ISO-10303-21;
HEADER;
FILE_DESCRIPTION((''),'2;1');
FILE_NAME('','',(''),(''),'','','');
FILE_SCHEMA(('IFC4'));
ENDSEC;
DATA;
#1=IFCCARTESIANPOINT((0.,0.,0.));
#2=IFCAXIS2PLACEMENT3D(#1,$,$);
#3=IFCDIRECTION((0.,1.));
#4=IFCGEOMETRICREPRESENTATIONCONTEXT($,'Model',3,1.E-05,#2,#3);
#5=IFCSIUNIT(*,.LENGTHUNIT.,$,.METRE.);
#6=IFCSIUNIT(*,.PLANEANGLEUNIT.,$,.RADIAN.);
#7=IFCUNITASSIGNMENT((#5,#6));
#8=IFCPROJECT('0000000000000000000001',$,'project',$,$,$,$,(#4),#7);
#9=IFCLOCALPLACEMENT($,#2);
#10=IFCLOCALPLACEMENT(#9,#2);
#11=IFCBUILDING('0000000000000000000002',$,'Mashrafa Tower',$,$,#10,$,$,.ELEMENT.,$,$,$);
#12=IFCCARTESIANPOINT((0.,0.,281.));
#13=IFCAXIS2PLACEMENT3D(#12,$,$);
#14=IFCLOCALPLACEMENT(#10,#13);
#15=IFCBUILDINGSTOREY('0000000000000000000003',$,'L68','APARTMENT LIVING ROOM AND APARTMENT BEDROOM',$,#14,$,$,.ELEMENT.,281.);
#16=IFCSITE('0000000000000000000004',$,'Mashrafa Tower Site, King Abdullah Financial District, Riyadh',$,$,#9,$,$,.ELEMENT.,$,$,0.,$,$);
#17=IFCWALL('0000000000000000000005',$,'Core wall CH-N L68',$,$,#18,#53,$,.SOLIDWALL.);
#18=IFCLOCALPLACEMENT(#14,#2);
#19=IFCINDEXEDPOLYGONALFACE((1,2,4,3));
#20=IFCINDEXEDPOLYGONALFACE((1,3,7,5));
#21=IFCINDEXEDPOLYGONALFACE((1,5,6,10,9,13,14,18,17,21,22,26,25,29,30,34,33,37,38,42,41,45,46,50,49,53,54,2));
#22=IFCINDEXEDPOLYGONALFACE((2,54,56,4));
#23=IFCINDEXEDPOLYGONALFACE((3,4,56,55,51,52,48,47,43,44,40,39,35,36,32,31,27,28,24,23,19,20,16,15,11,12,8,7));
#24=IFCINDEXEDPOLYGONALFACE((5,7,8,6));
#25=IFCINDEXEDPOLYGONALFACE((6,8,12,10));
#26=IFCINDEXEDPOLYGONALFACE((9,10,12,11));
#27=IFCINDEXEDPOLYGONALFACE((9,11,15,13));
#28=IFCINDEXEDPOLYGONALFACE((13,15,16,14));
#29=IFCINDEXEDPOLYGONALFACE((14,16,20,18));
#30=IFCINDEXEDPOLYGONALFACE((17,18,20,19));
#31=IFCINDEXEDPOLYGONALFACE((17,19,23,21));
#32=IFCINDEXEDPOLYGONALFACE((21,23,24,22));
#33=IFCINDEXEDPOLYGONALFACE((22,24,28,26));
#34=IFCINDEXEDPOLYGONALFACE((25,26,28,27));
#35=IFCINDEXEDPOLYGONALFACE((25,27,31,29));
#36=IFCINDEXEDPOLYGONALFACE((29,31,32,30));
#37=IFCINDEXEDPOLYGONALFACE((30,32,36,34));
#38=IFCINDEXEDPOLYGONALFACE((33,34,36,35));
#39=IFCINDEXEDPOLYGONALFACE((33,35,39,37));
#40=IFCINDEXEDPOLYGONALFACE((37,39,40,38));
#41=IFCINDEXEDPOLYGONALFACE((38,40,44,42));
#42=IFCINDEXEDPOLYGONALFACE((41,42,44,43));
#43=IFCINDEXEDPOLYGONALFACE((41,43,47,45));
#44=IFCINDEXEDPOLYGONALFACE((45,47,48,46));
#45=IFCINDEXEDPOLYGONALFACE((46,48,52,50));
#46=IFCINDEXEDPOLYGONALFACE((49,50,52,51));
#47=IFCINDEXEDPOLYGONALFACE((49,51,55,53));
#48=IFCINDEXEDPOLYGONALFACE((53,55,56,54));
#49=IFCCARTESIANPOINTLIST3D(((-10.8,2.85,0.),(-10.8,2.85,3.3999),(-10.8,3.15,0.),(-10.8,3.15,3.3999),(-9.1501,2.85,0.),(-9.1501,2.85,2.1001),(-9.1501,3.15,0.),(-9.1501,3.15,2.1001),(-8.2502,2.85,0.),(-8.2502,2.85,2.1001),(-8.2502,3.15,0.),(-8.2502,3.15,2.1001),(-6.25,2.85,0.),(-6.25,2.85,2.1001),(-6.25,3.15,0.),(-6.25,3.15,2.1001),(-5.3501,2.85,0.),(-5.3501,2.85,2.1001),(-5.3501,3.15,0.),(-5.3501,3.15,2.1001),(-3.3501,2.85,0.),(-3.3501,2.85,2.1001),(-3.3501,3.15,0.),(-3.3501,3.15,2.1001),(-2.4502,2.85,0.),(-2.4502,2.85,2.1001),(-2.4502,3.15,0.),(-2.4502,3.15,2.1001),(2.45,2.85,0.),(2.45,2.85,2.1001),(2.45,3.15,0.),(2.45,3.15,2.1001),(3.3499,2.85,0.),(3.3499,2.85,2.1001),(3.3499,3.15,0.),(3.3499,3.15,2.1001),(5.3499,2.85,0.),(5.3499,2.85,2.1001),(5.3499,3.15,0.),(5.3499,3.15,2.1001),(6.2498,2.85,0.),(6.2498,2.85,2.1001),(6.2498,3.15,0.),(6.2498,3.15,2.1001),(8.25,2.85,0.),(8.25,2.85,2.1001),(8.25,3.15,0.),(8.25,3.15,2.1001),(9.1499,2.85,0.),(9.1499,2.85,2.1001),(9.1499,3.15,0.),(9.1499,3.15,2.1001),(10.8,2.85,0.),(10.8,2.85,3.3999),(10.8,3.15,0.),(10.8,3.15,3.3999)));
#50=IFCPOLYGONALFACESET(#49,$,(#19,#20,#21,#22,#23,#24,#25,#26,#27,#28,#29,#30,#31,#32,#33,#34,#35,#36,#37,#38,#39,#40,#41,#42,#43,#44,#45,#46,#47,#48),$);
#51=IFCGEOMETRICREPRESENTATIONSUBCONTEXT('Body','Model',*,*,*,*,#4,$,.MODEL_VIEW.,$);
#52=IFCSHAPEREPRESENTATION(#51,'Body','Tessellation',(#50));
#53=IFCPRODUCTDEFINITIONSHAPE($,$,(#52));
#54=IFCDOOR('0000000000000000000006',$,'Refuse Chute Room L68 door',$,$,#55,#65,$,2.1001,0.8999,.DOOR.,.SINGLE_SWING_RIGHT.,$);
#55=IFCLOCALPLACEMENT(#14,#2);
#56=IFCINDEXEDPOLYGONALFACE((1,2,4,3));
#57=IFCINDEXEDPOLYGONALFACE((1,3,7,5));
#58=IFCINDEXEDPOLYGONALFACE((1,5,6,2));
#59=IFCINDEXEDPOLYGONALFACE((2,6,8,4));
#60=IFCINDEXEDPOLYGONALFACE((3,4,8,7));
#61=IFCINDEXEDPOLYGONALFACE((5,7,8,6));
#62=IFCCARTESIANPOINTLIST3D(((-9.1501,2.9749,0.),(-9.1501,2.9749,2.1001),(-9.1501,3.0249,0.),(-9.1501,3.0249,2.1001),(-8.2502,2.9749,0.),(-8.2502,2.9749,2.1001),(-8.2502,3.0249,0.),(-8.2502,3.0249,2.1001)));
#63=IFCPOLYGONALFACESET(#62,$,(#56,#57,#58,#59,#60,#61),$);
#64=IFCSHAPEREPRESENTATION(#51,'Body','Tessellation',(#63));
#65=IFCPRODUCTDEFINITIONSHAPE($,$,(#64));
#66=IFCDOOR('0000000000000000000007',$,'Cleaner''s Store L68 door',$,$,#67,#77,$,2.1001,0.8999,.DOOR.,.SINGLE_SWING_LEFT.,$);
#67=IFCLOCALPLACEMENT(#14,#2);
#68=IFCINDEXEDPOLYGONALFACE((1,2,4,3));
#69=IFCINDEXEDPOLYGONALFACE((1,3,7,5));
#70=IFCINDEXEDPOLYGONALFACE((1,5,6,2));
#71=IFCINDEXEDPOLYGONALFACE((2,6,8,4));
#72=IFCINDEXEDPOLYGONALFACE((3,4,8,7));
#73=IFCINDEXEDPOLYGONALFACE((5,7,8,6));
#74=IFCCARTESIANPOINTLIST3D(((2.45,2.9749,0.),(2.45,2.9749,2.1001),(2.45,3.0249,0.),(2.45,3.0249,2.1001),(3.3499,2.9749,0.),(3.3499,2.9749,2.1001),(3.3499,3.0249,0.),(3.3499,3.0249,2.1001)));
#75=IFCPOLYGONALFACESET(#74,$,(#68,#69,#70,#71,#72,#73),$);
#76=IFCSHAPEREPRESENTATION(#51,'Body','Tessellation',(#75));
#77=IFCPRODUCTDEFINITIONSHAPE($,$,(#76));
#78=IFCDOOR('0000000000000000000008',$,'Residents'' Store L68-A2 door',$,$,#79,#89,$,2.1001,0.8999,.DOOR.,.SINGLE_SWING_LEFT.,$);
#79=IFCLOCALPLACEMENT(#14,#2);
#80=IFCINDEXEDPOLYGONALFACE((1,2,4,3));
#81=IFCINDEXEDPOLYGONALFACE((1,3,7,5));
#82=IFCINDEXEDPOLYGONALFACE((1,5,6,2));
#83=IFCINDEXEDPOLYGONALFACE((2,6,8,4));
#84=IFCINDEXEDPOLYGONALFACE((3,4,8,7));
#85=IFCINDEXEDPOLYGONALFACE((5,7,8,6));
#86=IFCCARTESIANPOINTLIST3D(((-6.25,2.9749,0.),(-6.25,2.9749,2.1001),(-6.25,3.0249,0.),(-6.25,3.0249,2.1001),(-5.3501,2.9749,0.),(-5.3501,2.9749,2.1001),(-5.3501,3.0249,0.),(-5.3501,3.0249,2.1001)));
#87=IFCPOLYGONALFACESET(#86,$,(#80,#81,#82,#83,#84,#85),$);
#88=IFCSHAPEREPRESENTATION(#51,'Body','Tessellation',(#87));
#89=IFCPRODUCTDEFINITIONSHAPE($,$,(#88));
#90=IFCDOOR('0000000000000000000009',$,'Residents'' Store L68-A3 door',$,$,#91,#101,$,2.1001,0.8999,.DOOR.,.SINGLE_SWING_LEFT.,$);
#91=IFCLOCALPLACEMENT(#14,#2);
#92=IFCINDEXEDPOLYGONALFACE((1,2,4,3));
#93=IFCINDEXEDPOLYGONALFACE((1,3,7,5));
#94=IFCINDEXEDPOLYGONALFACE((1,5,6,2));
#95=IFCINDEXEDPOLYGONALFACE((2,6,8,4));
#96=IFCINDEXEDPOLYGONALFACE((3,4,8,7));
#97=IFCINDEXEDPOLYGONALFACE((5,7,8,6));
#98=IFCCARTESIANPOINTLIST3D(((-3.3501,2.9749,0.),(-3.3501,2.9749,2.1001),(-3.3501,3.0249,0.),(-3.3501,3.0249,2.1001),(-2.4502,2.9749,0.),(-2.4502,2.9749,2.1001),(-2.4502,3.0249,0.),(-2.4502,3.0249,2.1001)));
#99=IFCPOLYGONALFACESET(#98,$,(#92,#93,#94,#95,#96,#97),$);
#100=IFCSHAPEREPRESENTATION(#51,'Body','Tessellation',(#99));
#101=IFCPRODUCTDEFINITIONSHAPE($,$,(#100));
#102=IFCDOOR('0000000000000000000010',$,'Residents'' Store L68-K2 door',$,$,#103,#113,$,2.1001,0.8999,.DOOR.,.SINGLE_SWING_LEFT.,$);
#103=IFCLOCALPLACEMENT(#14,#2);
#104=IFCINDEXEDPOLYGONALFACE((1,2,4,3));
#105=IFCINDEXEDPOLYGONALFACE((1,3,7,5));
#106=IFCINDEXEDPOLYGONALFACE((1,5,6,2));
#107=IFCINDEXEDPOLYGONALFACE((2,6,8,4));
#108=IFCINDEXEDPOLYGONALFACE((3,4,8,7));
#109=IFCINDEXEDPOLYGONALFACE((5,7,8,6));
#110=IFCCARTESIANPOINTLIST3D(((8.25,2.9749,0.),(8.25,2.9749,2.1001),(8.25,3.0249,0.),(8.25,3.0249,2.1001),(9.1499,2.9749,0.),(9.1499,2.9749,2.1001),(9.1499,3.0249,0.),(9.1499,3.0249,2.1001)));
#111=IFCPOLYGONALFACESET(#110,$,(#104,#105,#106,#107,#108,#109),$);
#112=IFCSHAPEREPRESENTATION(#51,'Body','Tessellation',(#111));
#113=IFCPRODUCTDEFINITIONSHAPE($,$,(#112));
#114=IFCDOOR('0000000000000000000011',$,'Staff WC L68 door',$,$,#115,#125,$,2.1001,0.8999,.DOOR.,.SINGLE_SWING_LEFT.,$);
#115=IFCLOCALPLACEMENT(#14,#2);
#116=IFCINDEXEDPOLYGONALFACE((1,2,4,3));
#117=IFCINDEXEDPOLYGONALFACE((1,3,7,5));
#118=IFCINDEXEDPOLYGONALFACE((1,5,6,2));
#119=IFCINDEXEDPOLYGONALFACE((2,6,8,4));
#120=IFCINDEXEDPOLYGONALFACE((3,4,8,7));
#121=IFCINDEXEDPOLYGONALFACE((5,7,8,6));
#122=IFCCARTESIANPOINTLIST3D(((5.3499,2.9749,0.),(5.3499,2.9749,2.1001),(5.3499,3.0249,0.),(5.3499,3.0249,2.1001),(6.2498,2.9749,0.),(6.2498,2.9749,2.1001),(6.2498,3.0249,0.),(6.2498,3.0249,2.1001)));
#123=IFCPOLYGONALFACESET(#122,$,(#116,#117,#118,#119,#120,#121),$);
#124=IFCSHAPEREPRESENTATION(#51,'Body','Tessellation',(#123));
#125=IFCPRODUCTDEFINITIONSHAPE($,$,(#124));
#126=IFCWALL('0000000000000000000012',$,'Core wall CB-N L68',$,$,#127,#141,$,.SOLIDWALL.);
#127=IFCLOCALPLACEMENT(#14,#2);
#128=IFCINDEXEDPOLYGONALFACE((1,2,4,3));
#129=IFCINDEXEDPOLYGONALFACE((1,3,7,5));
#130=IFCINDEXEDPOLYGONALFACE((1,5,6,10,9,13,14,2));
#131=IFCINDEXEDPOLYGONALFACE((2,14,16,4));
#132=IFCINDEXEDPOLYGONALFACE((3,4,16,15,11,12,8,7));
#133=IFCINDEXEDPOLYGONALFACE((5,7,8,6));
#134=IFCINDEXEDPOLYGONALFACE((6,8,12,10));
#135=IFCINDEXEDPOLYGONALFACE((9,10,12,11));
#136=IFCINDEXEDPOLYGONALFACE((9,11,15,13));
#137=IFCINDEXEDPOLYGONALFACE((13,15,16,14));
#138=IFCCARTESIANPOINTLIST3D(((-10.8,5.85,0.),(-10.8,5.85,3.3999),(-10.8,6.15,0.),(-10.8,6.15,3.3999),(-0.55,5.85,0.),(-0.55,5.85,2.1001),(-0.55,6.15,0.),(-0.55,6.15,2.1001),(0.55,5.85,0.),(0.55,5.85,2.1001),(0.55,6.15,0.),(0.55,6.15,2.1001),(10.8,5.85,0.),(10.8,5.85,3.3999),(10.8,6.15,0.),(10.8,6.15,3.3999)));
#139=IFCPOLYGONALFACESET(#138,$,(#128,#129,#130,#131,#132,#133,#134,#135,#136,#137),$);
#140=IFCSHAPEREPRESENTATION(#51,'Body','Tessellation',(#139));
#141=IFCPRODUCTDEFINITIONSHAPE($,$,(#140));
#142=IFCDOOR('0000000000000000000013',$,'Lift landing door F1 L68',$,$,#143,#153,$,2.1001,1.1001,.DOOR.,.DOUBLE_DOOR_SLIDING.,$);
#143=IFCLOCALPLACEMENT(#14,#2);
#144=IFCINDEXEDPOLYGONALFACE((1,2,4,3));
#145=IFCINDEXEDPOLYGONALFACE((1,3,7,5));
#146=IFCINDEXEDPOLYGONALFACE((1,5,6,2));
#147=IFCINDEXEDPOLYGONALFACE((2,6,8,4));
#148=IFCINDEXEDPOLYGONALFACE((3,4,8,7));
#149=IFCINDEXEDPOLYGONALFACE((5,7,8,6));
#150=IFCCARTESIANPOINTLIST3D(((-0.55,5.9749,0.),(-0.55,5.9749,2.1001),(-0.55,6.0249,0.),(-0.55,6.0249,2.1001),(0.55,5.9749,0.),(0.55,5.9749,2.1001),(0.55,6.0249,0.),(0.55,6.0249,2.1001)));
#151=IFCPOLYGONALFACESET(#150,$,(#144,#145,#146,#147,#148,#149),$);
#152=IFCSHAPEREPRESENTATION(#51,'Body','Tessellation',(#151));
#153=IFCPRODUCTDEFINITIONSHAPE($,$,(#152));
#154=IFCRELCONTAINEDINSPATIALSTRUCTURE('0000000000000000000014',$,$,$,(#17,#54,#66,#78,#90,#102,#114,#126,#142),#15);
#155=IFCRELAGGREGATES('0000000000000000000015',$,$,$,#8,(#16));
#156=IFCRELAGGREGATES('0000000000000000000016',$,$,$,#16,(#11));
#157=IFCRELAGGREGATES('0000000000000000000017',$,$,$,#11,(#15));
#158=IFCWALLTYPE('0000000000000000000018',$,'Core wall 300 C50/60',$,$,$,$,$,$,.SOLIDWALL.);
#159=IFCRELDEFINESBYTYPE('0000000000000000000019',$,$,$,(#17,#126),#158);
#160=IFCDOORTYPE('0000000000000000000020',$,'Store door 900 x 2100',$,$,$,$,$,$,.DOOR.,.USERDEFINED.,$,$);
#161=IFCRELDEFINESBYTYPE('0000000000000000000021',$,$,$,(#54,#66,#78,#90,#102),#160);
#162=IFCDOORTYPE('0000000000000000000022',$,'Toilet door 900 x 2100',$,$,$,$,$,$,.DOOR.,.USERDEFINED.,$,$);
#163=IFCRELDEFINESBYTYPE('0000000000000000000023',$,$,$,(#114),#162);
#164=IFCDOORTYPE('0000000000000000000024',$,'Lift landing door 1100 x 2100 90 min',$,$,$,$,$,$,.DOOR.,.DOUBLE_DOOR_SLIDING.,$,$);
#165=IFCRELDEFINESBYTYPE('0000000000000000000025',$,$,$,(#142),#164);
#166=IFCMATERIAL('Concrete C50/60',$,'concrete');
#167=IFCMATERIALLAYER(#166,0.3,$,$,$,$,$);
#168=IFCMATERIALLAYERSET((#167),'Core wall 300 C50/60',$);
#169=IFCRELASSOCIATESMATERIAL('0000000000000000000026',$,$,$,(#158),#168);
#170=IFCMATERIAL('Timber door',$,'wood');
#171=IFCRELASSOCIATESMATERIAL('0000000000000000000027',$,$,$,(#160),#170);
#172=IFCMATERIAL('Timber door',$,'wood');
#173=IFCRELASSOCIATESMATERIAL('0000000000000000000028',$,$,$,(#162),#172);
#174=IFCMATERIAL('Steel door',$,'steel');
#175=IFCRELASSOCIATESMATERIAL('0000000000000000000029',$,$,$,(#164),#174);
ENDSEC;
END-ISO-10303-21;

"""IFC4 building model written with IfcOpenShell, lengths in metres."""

from ifc_helpers import new_model, si_unit, direction, frame, frame_2d, origin, place, context, subcontext, project, spatial, rectangle, extrude, material, layer, layer_set, type_object, element, fill, save


model = new_model("IFC4")

# Units and contexts
model_context = context("Model", 3, precision=1e-05, world=origin(), true_north=direction((0.0, 1.0)))
body_context = subcontext(model_context, "Body", "Model", "MODEL_VIEW")
ifc_project = project(units=[si_unit("LENGTHUNIT", "METRE"), si_unit("PLANEANGLEUNIT", "RADIAN")], contexts=[model_context])

# Site, building, storey
site_placement = place(None, origin())
site = spatial("IfcSite", under=ifc_project, at=site_placement, Name="Mashrafa Tower Site, King Abdullah Financial District, Riyadh", CompositionType="ELEMENT", RefElevation=0.0)
building_placement = place(site_placement, origin())
building = spatial("IfcBuilding", under=site, at=building_placement, Name="Mashrafa Tower", CompositionType="ELEMENT")
storey_placement = place(building_placement, frame((0.0, 0.0, 281.0)))
storey = spatial("IfcBuildingStorey", under=building, at=storey_placement, Name="L68", Description="APARTMENT LIVING ROOM AND APARTMENT BEDROOM", CompositionType="ELEMENT", Elevation=281.0)

# Wall, openings, doors
ifc_material_1 = material(Name="Concrete C50/60", Category="concrete")
ifc_layer_1 = layer(ifc_material_1, 0.3)
ifc_layer_set_1 = layer_set([ifc_layer_1], Name="Core wall 300 C50/60")
wall_type_1 = type_object("IfcWallType", Name="Core wall 300 C50/60", PredefinedType="SOLIDWALL", material=ifc_layer_set_1)
wall_1_placement = place(storey_placement, frame((-10.8, 3.0, 0.0), z_axis=(0.0, 0.0, 1.0), x_axis=(1.0, 0.0, 0.0)))
wall_1 = element("IfcWall", 1, at=wall_1_placement, inside=storey, type_object=wall_type_1, Name="Core wall CH-N L68", PredefinedType="SOLIDWALL", context=body_context, shape_type="SweptSolid", body=[
    extrude(rectangle(XDim=21.6001, YDim=0.3, at=frame_2d((10.8, 0.0))), origin(), (0.0, 0.0, 1.0), 3.3999),
])
opening_1_placement = place(wall_1_placement, frame((1.6499, 0.0, 0.0)))
opening_1 = element("IfcOpeningElement", 2, at=opening_1_placement, cuts=wall_1, PredefinedType="OPENING", context=body_context, shape_type="SweptSolid", body=[
    extrude(rectangle(XDim=0.8999, YDim=2.1001, at=frame_2d((0.45, 1.05))), frame((0.0, 0.1599, 0.0), z_axis=(0.0, -1.0, 0.0), x_axis=(1.0, 0.0, 0.0)), (0.0, 0.0, 1.0), 0.3201),
])
opening_2_placement = place(wall_1_placement, frame((13.25, 0.0, 0.0)))
opening_2 = element("IfcOpeningElement", 3, at=opening_2_placement, cuts=wall_1, PredefinedType="OPENING", context=body_context, shape_type="SweptSolid", body=[
    extrude(rectangle(XDim=0.8999, YDim=2.1001, at=frame_2d((0.45, 1.05))), frame((0.0, 0.1599, 0.0), z_axis=(0.0, -1.0, 0.0), x_axis=(1.0, 0.0, 0.0)), (0.0, 0.0, 1.0), 0.3201),
])
opening_3_placement = place(wall_1_placement, frame((16.1499, 0.0, 0.0)))
opening_3 = element("IfcOpeningElement", 4, at=opening_3_placement, cuts=wall_1, PredefinedType="OPENING", context=body_context, shape_type="SweptSolid", body=[
    extrude(rectangle(XDim=0.8999, YDim=2.1001, at=frame_2d((0.45, 1.05))), frame((0.0, 0.1599, 0.0), z_axis=(0.0, -1.0, 0.0), x_axis=(1.0, 0.0, 0.0)), (0.0, 0.0, 1.0), 0.3201),
])
opening_4_placement = place(wall_1_placement, frame((4.55, 0.0, 0.0)))
opening_4 = element("IfcOpeningElement", 5, at=opening_4_placement, cuts=wall_1, PredefinedType="OPENING", context=body_context, shape_type="SweptSolid", body=[
    extrude(rectangle(XDim=0.8999, YDim=2.1001, at=frame_2d((0.45, 1.05))), frame((0.0, 0.1599, 0.0), z_axis=(0.0, -1.0, 0.0), x_axis=(1.0, 0.0, 0.0)), (0.0, 0.0, 1.0), 0.3201),
])
opening_5_placement = place(wall_1_placement, frame((7.45, 0.0, 0.0)))
opening_5 = element("IfcOpeningElement", 6, at=opening_5_placement, cuts=wall_1, PredefinedType="OPENING", context=body_context, shape_type="SweptSolid", body=[
    extrude(rectangle(XDim=0.8999, YDim=2.1001, at=frame_2d((0.45, 1.05))), frame((0.0, 0.1599, 0.0), z_axis=(0.0, -1.0, 0.0), x_axis=(1.0, 0.0, 0.0)), (0.0, 0.0, 1.0), 0.3201),
])
opening_6_placement = place(wall_1_placement, frame((19.05, 0.0, 0.0)))
opening_6 = element("IfcOpeningElement", 7, at=opening_6_placement, cuts=wall_1, PredefinedType="OPENING", context=body_context, shape_type="SweptSolid", body=[
    extrude(rectangle(XDim=0.8999, YDim=2.1001, at=frame_2d((0.45, 1.05))), frame((0.0, 0.1599, 0.0), z_axis=(0.0, -1.0, 0.0), x_axis=(1.0, 0.0, 0.0)), (0.0, 0.0, 1.0), 0.3201),
])
ifc_material_2 = material(Name="Timber door", Category="wood")
door_type_1 = type_object("IfcDoorType", Name="Store door 900 x 2100", OperationType="USERDEFINED", PredefinedType="DOOR", material=ifc_material_2)
door_1_placement = place(opening_1_placement, origin())
door_1 = element("IfcDoor", 8, at=door_1_placement, inside=storey, type_object=door_type_1, Name="Refuse Chute Room L68 door", OperationType="SINGLE_SWING_RIGHT", OverallHeight=2.1001, OverallWidth=0.8999, PredefinedType="DOOR", context=body_context, shape_type="SweptSolid", body=[
    extrude(rectangle(XDim=0.8999, YDim=2.1001, at=frame_2d((0.45, 1.05))), frame((0.0, 0.0249, 0.0), z_axis=(0.0, -1.0, 0.0), x_axis=(1.0, 0.0, 0.0)), (0.0, 0.0, 1.0), 0.05),
])
fill(opening_1, door_1)
door_2_placement = place(opening_2_placement, origin())
door_2 = element("IfcDoor", 9, at=door_2_placement, inside=storey, type_object=door_type_1, Name="Cleaner's Store L68 door", OperationType="SINGLE_SWING_LEFT", OverallHeight=2.1001, OverallWidth=0.8999, PredefinedType="DOOR", context=body_context, shape_type="SweptSolid", body=[
    extrude(rectangle(XDim=0.8999, YDim=2.1001, at=frame_2d((0.45, 1.05))), frame((0.0, 0.0249, 0.0), z_axis=(0.0, -1.0, 0.0), x_axis=(1.0, 0.0, 0.0)), (0.0, 0.0, 1.0), 0.05),
])
fill(opening_2, door_2)
door_3_placement = place(opening_4_placement, origin())
door_3 = element("IfcDoor", 10, at=door_3_placement, inside=storey, type_object=door_type_1, Name="Residents' Store L68-A2 door", OperationType="SINGLE_SWING_LEFT", OverallHeight=2.1001, OverallWidth=0.8999, PredefinedType="DOOR", context=body_context, shape_type="SweptSolid", body=[
    extrude(rectangle(XDim=0.8999, YDim=2.1001, at=frame_2d((0.45, 1.05))), frame((0.0, 0.0249, 0.0), z_axis=(0.0, -1.0, 0.0), x_axis=(1.0, 0.0, 0.0)), (0.0, 0.0, 1.0), 0.05),
])
fill(opening_4, door_3)
door_4_placement = place(opening_5_placement, origin())
door_4 = element("IfcDoor", 11, at=door_4_placement, inside=storey, type_object=door_type_1, Name="Residents' Store L68-A3 door", OperationType="SINGLE_SWING_LEFT", OverallHeight=2.1001, OverallWidth=0.8999, PredefinedType="DOOR", context=body_context, shape_type="SweptSolid", body=[
    extrude(rectangle(XDim=0.8999, YDim=2.1001, at=frame_2d((0.45, 1.05))), frame((0.0, 0.0249, 0.0), z_axis=(0.0, -1.0, 0.0), x_axis=(1.0, 0.0, 0.0)), (0.0, 0.0, 1.0), 0.05),
])
fill(opening_5, door_4)
door_5_placement = place(opening_6_placement, origin())
door_5 = element("IfcDoor", 12, at=door_5_placement, inside=storey, type_object=door_type_1, Name="Residents' Store L68-K2 door", OperationType="SINGLE_SWING_LEFT", OverallHeight=2.1001, OverallWidth=0.8999, PredefinedType="DOOR", context=body_context, shape_type="SweptSolid", body=[
    extrude(rectangle(XDim=0.8999, YDim=2.1001, at=frame_2d((0.45, 1.05))), frame((0.0, 0.0249, 0.0), z_axis=(0.0, -1.0, 0.0), x_axis=(1.0, 0.0, 0.0)), (0.0, 0.0, 1.0), 0.05),
])
fill(opening_6, door_5)
ifc_material_3 = material(Name="Timber door", Category="wood")
door_type_2 = type_object("IfcDoorType", Name="Toilet door 900 x 2100", OperationType="USERDEFINED", PredefinedType="DOOR", material=ifc_material_3)
door_6_placement = place(opening_3_placement, origin())
door_6 = element("IfcDoor", 13, at=door_6_placement, inside=storey, type_object=door_type_2, Name="Staff WC L68 door", OperationType="SINGLE_SWING_LEFT", OverallHeight=2.1001, OverallWidth=0.8999, PredefinedType="DOOR", context=body_context, shape_type="SweptSolid", body=[
    extrude(rectangle(XDim=0.8999, YDim=2.1001, at=frame_2d((0.45, 1.05))), frame((0.0, 0.0249, 0.0), z_axis=(0.0, -1.0, 0.0), x_axis=(1.0, 0.0, 0.0)), (0.0, 0.0, 1.0), 0.05),
])
fill(opening_3, door_6)

# Wall, opening, door
wall_2_placement = place(storey_placement, frame((-10.8, 6.0, 0.0), z_axis=(0.0, 0.0, 1.0), x_axis=(1.0, 0.0, 0.0)))
wall_2 = element("IfcWall", 14, at=wall_2_placement, inside=storey, type_object=wall_type_1, Name="Core wall CB-N L68", PredefinedType="SOLIDWALL", context=body_context, shape_type="SweptSolid", body=[
    extrude(rectangle(XDim=21.6001, YDim=0.3, at=frame_2d((10.8, 0.0))), origin(), (0.0, 0.0, 1.0), 3.3999),
])
opening_7_placement = place(wall_2_placement, frame((10.25, 0.0, 0.0)))
opening_7 = element("IfcOpeningElement", 15, at=opening_7_placement, cuts=wall_2, PredefinedType="OPENING", context=body_context, shape_type="SweptSolid", body=[
    extrude(rectangle(XDim=1.1001, YDim=2.1001, at=frame_2d((0.55, 1.05))), frame((0.0, 0.1599, 0.0), z_axis=(0.0, -1.0, 0.0), x_axis=(1.0, 0.0, 0.0)), (0.0, 0.0, 1.0), 0.3201),
])
ifc_material_4 = material(Name="Steel door", Category="steel")
door_type_3 = type_object("IfcDoorType", Name="Lift landing door 1100 x 2100 90 min", OperationType="DOUBLE_DOOR_SLIDING", PredefinedType="DOOR", material=ifc_material_4)
door_7_placement = place(opening_7_placement, origin())
door_7 = element("IfcDoor", 16, at=door_7_placement, inside=storey, type_object=door_type_3, Name="Lift landing door F1 L68", OperationType="DOUBLE_DOOR_SLIDING", OverallHeight=2.1001, OverallWidth=1.1001, PredefinedType="DOOR", context=body_context, shape_type="SweptSolid", body=[
    extrude(rectangle(XDim=1.1001, YDim=2.1001, at=frame_2d((0.55, 1.05))), frame((0.0, 0.0249, 0.0), z_axis=(0.0, -1.0, 0.0), x_axis=(1.0, 0.0, 0.0)), (0.0, 0.0, 1.0), 0.05),
])
fill(opening_7, door_7)

save(model, "model.ifc")
